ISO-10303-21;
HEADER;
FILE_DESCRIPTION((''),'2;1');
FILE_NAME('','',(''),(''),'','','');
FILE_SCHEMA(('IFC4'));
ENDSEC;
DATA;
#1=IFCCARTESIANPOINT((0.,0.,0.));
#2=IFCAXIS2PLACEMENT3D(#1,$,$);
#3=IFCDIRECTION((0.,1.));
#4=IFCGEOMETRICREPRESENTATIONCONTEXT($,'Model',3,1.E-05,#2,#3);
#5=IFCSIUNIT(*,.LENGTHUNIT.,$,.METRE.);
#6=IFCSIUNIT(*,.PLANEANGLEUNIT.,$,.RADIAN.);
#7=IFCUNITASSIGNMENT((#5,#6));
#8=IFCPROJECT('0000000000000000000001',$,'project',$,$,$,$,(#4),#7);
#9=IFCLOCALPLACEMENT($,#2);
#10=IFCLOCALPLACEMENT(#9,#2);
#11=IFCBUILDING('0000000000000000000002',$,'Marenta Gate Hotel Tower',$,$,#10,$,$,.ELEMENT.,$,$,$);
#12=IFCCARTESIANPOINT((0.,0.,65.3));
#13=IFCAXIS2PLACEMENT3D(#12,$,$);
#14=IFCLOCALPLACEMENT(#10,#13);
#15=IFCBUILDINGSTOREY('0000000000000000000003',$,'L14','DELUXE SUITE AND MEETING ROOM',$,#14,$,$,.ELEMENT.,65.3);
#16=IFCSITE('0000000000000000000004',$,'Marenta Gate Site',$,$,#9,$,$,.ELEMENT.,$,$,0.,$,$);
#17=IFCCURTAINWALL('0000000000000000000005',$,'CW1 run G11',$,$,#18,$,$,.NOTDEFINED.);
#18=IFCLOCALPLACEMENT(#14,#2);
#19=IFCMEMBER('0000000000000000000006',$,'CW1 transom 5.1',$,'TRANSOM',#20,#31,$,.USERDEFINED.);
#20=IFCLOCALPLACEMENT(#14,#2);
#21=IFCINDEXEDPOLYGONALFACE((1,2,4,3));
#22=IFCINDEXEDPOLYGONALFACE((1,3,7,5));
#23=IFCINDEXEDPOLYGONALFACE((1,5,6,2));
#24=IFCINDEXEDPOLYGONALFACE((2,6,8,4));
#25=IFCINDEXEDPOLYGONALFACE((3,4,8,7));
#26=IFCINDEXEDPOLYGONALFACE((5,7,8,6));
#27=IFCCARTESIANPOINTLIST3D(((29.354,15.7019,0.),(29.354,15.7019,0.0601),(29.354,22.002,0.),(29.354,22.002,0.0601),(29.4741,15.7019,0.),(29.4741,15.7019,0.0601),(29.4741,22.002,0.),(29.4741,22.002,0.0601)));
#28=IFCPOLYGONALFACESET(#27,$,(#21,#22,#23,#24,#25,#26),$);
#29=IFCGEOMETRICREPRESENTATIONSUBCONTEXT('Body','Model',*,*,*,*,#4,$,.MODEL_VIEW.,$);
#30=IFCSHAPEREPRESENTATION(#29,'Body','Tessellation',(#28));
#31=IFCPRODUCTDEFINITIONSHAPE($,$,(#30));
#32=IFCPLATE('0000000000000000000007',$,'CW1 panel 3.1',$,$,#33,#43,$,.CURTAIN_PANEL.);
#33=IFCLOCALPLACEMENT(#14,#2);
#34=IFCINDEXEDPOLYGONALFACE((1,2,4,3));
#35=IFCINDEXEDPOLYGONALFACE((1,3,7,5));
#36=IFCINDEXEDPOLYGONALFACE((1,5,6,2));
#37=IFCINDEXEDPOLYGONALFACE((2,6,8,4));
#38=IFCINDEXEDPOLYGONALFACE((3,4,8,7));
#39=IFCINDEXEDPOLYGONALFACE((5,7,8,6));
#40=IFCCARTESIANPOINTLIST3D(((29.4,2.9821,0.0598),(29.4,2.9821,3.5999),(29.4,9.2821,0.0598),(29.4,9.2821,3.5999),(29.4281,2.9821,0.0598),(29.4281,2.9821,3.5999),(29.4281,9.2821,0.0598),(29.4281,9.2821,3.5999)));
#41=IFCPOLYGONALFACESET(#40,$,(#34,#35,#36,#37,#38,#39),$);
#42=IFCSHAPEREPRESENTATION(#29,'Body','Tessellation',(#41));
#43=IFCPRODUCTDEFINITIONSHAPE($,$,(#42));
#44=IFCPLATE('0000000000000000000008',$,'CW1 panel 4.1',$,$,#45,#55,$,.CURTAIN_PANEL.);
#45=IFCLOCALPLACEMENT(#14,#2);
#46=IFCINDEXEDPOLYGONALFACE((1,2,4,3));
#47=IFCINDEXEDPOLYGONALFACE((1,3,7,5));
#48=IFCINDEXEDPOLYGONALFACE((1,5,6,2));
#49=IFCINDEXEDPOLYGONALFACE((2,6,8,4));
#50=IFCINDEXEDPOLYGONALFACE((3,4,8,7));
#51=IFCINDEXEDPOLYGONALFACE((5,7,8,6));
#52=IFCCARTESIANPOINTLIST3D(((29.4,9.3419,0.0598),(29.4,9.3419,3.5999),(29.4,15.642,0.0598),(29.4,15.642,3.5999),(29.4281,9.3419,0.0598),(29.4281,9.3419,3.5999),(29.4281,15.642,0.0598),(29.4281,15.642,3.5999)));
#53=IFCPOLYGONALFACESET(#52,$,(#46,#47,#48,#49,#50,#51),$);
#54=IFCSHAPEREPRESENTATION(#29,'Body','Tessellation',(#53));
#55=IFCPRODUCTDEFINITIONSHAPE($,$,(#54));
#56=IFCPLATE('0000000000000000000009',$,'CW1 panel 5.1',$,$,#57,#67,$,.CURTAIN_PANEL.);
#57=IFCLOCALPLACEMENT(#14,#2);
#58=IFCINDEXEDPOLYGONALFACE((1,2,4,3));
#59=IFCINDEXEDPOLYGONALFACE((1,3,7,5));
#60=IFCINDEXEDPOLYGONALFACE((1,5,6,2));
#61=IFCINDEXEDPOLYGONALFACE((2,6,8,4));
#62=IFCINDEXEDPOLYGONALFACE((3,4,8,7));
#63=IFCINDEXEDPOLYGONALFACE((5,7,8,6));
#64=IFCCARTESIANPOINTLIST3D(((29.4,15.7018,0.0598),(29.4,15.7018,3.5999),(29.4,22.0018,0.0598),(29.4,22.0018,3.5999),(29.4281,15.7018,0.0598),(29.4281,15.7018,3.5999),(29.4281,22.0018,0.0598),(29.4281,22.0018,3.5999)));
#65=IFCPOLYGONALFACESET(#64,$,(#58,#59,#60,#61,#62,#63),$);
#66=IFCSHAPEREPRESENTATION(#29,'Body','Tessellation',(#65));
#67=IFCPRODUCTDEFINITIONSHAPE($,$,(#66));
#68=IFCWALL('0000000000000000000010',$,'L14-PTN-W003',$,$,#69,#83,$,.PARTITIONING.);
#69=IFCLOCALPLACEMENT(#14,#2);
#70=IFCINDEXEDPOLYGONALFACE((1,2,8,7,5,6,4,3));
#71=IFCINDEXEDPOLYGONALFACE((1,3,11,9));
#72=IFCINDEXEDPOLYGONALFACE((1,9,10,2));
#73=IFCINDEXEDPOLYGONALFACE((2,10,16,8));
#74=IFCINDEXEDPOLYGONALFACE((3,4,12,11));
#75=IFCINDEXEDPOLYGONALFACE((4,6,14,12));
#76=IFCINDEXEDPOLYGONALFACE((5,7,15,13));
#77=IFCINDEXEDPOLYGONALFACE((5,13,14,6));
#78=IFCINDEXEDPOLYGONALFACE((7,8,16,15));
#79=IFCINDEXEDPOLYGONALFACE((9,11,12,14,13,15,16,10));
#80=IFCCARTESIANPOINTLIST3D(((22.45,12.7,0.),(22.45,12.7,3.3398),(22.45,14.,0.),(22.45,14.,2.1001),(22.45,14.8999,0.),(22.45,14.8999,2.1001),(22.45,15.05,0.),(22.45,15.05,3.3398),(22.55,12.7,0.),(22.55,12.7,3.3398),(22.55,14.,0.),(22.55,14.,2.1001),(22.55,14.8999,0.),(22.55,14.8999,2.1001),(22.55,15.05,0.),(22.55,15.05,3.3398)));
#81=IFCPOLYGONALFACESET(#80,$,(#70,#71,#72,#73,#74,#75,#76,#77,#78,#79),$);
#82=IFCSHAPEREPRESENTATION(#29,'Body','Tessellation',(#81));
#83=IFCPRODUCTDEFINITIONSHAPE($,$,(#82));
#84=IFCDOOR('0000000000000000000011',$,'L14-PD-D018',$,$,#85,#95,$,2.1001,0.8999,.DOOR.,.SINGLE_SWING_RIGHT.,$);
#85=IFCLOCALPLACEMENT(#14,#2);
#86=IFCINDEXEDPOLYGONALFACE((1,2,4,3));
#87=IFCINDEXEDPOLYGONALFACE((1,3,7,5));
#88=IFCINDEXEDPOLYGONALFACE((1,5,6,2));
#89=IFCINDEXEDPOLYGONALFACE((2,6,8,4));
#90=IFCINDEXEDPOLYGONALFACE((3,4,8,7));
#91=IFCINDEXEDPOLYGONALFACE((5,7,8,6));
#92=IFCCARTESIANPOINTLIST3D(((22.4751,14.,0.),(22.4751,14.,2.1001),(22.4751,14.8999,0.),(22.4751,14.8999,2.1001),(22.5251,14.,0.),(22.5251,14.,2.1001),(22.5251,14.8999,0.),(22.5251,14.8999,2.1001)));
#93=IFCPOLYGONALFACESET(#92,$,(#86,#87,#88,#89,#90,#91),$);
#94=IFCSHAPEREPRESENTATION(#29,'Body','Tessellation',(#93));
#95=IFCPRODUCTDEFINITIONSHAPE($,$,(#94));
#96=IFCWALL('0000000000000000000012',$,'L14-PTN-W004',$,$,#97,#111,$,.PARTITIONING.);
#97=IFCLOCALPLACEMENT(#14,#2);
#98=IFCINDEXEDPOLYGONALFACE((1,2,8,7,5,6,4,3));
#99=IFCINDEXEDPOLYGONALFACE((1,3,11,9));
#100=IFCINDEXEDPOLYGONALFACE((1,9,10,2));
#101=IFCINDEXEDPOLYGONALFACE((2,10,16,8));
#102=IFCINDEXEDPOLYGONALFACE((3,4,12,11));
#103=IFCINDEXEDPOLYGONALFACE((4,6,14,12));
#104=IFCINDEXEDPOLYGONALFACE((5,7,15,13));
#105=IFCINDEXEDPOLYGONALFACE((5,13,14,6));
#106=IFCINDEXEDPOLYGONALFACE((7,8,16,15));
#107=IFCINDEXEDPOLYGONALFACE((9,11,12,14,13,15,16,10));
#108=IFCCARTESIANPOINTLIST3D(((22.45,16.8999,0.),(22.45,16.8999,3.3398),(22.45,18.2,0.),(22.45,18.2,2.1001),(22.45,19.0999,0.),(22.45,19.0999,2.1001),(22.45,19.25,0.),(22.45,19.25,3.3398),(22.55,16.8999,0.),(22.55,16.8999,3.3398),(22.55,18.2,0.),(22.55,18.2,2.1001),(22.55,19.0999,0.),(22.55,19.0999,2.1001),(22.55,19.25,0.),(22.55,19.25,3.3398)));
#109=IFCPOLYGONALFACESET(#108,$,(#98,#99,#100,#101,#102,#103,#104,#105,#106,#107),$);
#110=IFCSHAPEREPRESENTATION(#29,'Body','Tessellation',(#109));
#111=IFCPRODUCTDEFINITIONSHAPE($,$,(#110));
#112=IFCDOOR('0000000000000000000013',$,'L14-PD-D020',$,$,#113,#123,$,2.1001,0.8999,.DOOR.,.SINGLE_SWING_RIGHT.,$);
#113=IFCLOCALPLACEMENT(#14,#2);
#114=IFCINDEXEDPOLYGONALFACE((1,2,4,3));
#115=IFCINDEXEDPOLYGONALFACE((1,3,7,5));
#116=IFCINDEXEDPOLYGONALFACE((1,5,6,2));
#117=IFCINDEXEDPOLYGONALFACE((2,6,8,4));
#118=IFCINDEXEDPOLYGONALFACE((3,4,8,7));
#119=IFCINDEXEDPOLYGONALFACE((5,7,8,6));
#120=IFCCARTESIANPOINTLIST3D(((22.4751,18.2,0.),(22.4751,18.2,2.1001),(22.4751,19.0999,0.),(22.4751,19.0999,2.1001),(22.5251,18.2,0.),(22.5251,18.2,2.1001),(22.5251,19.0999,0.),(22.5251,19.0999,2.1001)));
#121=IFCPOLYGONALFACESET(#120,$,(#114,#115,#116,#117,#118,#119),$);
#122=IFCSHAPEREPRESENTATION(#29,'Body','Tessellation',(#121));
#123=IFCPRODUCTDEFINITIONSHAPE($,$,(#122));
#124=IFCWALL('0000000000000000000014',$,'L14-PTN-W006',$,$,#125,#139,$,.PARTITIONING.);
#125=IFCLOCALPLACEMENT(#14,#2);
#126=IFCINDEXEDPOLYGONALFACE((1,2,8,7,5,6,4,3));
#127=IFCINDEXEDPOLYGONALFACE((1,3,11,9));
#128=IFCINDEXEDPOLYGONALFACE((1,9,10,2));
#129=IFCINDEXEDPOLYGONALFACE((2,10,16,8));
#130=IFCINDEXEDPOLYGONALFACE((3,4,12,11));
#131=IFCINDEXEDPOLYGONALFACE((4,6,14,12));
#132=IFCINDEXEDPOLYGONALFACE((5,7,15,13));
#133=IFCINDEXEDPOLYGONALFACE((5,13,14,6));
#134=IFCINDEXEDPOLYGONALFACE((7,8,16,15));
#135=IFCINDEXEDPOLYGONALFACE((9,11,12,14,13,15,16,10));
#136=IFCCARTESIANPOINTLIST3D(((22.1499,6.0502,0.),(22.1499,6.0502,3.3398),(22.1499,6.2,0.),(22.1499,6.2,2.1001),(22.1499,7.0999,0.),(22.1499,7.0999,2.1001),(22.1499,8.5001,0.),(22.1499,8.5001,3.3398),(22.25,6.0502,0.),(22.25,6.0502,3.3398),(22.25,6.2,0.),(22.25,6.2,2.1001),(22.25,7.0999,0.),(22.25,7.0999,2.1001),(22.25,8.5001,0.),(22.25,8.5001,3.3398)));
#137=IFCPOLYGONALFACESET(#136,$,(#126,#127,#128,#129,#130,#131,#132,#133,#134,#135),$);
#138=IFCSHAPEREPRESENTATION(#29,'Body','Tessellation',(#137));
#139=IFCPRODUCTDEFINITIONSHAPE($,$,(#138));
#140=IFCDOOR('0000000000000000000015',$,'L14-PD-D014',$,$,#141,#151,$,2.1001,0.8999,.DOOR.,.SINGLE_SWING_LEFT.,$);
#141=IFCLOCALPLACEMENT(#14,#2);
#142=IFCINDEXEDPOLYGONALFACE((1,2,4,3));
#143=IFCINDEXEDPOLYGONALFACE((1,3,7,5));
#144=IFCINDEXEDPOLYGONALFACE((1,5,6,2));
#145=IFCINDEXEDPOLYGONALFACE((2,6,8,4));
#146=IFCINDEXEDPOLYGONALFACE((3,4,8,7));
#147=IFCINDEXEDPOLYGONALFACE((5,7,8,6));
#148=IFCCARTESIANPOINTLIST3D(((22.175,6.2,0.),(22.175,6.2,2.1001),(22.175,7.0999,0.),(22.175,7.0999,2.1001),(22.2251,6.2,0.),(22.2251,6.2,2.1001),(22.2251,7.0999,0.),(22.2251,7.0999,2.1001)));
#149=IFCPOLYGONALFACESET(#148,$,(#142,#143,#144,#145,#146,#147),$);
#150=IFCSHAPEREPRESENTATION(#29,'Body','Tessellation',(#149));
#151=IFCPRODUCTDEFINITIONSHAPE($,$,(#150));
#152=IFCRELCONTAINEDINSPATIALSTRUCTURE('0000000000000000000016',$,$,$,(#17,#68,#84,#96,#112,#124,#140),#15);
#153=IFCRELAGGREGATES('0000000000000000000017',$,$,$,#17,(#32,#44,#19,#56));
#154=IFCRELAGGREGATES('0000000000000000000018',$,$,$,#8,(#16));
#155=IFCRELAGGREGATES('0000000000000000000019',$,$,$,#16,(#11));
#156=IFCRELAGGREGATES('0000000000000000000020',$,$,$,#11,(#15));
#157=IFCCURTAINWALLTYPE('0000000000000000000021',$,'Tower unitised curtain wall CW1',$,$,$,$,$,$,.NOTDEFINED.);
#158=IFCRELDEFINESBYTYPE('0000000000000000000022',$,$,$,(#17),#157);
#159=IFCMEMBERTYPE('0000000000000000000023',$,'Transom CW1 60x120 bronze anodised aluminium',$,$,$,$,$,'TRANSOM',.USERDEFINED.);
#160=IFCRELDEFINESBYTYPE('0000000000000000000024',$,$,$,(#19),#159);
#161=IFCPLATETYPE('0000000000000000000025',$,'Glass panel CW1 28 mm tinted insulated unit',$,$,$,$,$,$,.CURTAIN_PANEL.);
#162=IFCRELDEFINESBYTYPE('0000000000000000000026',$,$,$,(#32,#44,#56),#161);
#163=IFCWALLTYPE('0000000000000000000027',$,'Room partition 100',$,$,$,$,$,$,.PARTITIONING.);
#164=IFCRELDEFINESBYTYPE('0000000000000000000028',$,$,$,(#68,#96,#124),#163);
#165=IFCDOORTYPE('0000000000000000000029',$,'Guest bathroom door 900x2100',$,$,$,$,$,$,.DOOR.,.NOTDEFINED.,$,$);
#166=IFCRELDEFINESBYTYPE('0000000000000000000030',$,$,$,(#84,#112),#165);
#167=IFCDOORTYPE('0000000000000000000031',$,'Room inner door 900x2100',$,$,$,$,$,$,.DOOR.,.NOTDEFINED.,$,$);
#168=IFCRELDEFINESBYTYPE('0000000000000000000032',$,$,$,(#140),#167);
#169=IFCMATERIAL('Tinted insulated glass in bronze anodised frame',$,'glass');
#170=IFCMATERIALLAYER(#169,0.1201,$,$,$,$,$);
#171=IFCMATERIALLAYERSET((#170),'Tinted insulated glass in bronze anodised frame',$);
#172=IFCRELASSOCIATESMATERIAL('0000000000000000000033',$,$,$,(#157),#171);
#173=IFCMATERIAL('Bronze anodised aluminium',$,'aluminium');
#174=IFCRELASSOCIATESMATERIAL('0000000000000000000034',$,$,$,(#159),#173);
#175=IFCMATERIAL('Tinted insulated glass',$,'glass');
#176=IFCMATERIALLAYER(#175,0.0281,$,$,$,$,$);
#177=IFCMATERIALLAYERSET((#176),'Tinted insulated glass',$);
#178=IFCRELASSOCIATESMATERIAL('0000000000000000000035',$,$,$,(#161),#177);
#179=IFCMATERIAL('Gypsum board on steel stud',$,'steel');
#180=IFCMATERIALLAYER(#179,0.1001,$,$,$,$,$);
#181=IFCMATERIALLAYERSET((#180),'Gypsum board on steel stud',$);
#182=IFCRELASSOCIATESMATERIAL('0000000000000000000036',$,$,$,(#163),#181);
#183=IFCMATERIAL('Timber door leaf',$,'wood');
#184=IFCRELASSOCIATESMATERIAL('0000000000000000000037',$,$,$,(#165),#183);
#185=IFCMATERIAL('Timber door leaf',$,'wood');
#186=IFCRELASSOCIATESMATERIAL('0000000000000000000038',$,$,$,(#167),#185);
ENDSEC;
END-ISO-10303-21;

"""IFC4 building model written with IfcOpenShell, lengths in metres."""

from ifc_helpers import new_model, si_unit, direction, frame, frame_2d, origin, origin_2d, place, context, subcontext, project, spatial, rectangle, extrude, material, layer, layer_set, material_profile, profile_set, type_object, element, fill, aggregate, save


model = new_model("IFC4")

# Units and contexts
model_context = context("Model", 3, precision=1e-05, world=origin(), true_north=direction((0.0, 1.0)))
body_context = subcontext(model_context, "Body", "Model", "MODEL_VIEW")
ifc_project = project(units=[si_unit("LENGTHUNIT", "METRE"), si_unit("PLANEANGLEUNIT", "RADIAN")], contexts=[model_context])

# Site, building, storey
site_placement = place(None, origin())
site = spatial("IfcSite", under=ifc_project, at=site_placement, Name="Marenta Gate Site", CompositionType="ELEMENT", RefElevation=0.0)
building_placement = place(site_placement, origin())
building = spatial("IfcBuilding", under=site, at=building_placement, Name="Marenta Gate Hotel Tower", CompositionType="ELEMENT")
storey_placement = place(building_placement, frame((0.0, 0.0, 65.3)))
storey = spatial("IfcBuildingStorey", under=building, at=storey_placement, Name="L14", Description="DELUXE SUITE AND MEETING ROOM", CompositionType="ELEMENT", Elevation=65.3)

# Curtain wall, member, plates
ifc_material_1 = material(Name="Tinted insulated glass in bronze anodised frame", Category="glass")
ifc_layer_1 = layer(ifc_material_1, 0.1201)
ifc_layer_set_1 = layer_set([ifc_layer_1], Name="Tinted insulated glass in bronze anodised frame")
curtain_wall_type = type_object("IfcCurtainWallType", Name="Tower unitised curtain wall CW1", PredefinedType="NOTDEFINED", material=ifc_layer_set_1)
curtain_wall_placement = place(storey_placement, origin())
curtain_wall = element("IfcCurtainWall", 1, at=curtain_wall_placement, inside=storey, type_object=curtain_wall_type, Name="CW1 run G11", PredefinedType="NOTDEFINED")
ifc_material_2 = material(Name="Bronze anodised aluminium", Category="aluminium")
ifc_material_profile_1 = material_profile(ifc_material_2, rectangle(XDim=0.1201, YDim=0.0601, at=origin_2d()), Name="Transom CW1 60x120 bronze anodised aluminium")
ifc_profile_set_1 = profile_set([ifc_material_profile_1], Name="Bronze anodised aluminium")
member_type_1 = type_object("IfcMemberType", Name="Transom CW1 60x120 bronze anodised aluminium", ElementType="TRANSOM", PredefinedType="USERDEFINED", material=ifc_profile_set_1)
member_1_placement = place(storey_placement, frame((29.4141, 15.7019, 0.03), z_axis=(0.0, 1.0, 0.0), x_axis=(-1.0, 0.0, 0.0)))
member_1 = element("IfcMember", 2, at=member_1_placement, type_object=member_type_1, Name="CW1 transom 5.1", ObjectType="TRANSOM", PredefinedType="USERDEFINED", context=body_context, shape_type="SweptSolid", body=[
    extrude(rectangle(XDim=0.1201, YDim=0.0601, at=origin_2d()), origin(), (0.0, 0.0, 1.0), 6.3),
])
ifc_material_3 = material(Name="Tinted insulated glass", Category="glass")
ifc_layer_2 = layer(ifc_material_3, 0.0281)
ifc_layer_set_2 = layer_set([ifc_layer_2], Name="Tinted insulated glass")
plate_type = type_object("IfcPlateType", Name="Glass panel CW1 28 mm tinted insulated unit", PredefinedType="CURTAIN_PANEL", material=ifc_layer_set_2)
plate_1_placement = place(storey_placement, frame((29.4141, 6.1321, 0.0598), z_axis=(0.0, 0.0, 1.0), x_axis=(0.0, 1.0, 0.0)))
plate_1 = element("IfcPlate", 3, at=plate_1_placement, type_object=plate_type, Name="CW1 panel 3.1", PredefinedType="CURTAIN_PANEL", context=body_context, shape_type="SweptSolid", body=[
    extrude(rectangle(XDim=6.3, YDim=0.0281, at=origin_2d()), origin(), (0.0, 0.0, 1.0), 3.54),
])
plate_2_placement = place(storey_placement, frame((29.4141, 12.4919, 0.0598), z_axis=(0.0, 0.0, 1.0), x_axis=(0.0, 1.0, 0.0)))
plate_2 = element("IfcPlate", 4, at=plate_2_placement, type_object=plate_type, Name="CW1 panel 4.1", PredefinedType="CURTAIN_PANEL", context=body_context, shape_type="SweptSolid", body=[
    extrude(rectangle(XDim=6.3, YDim=0.0281, at=origin_2d()), origin(), (0.0, 0.0, 1.0), 3.54),
])
plate_3_placement = place(storey_placement, frame((29.4141, 18.8518, 0.0598), z_axis=(0.0, 0.0, 1.0), x_axis=(0.0, 1.0, 0.0)))
plate_3 = element("IfcPlate", 5, at=plate_3_placement, type_object=plate_type, Name="CW1 panel 5.1", PredefinedType="CURTAIN_PANEL", context=body_context, shape_type="SweptSolid", body=[
    extrude(rectangle(XDim=6.3, YDim=0.0281, at=origin_2d()), origin(), (0.0, 0.0, 1.0), 3.54),
])
aggregate(curtain_wall, [plate_1, plate_2, member_1, plate_3])

# Walls, openings, doors
ifc_material_4 = material(Name="Gypsum board on steel stud", Category="steel")
ifc_layer_3 = layer(ifc_material_4, 0.1001)
ifc_layer_set_3 = layer_set([ifc_layer_3], Name="Gypsum board on steel stud")
wall_type = type_object("IfcWallType", Name="Room partition 100", PredefinedType="PARTITIONING", material=ifc_layer_set_3)
wall_1_placement = place(storey_placement, frame((22.5, 12.7, 0.0), z_axis=(0.0, 0.0, 1.0), x_axis=(0.0, 1.0, 0.0)))
wall_1 = element("IfcWall", 6, at=wall_1_placement, inside=storey, type_object=wall_type, Name="L14-PTN-W003", PredefinedType="PARTITIONING", context=body_context, shape_type="SweptSolid", body=[
    extrude(rectangle(XDim=2.3501, YDim=0.1001, at=frame_2d((1.175, 0.0))), origin(), (0.0, 0.0, 1.0), 3.3398),
])
opening_1_placement = place(wall_1_placement, frame((1.3, 0.0, 0.0)))
opening_1 = element("IfcOpeningElement", 7, at=opening_1_placement, cuts=wall_1, PredefinedType="OPENING", context=body_context, shape_type="SweptSolid", body=[
    extrude(rectangle(XDim=0.8999, YDim=2.1001, at=frame_2d((0.45, 1.05))), frame((0.0, 0.05, 0.0), z_axis=(0.0, -1.0, 0.0), x_axis=(1.0, 0.0, 0.0)), (0.0, 0.0, 1.0), 0.1001),
])
ifc_material_5 = material(Name="Timber door leaf", Category="wood")
door_type_1 = type_object("IfcDoorType", Name="Guest bathroom door 900x2100", OperationType="NOTDEFINED", PredefinedType="DOOR", material=ifc_material_5)
door_1_placement = place(opening_1_placement, origin())
door_1 = element("IfcDoor", 8, at=door_1_placement, inside=storey, type_object=door_type_1, Name="L14-PD-D018", OperationType="SINGLE_SWING_RIGHT", OverallHeight=2.1001, OverallWidth=0.8999, PredefinedType="DOOR", context=body_context, shape_type="SweptSolid", body=[
    extrude(rectangle(XDim=0.8999, YDim=2.1001, at=frame_2d((0.45, 1.05))), frame((0.0, 0.0249, 0.0), z_axis=(0.0, -1.0, 0.0), x_axis=(1.0, 0.0, 0.0)), (0.0, 0.0, 1.0), 0.05),
])
fill(opening_1, door_1)
wall_2_placement = place(storey_placement, frame((22.5, 16.8999, 0.0), z_axis=(0.0, 0.0, 1.0), x_axis=(0.0, 1.0, 0.0)))
wall_2 = element("IfcWall", 9, at=wall_2_placement, inside=storey, type_object=wall_type, Name="L14-PTN-W004", PredefinedType="PARTITIONING", context=body_context, shape_type="SweptSolid", body=[
    extrude(rectangle(XDim=2.3501, YDim=0.1001, at=frame_2d((1.175, 0.0))), origin(), (0.0, 0.0, 1.0), 3.3398),
])
opening_2_placement = place(wall_2_placement, frame((1.3, 0.0, 0.0)))
opening_2 = element("IfcOpeningElement", 10, at=opening_2_placement, cuts=wall_2, PredefinedType="OPENING", context=body_context, shape_type="SweptSolid", body=[
    extrude(rectangle(XDim=0.8999, YDim=2.1001, at=frame_2d((0.45, 1.05))), frame((0.0, 0.05, 0.0), z_axis=(0.0, -1.0, 0.0), x_axis=(1.0, 0.0, 0.0)), (0.0, 0.0, 1.0), 0.1001),
])
door_2_placement = place(opening_2_placement, origin())
door_2 = element("IfcDoor", 11, at=door_2_placement, inside=storey, type_object=door_type_1, Name="L14-PD-D020", OperationType="SINGLE_SWING_RIGHT", OverallHeight=2.1001, OverallWidth=0.8999, PredefinedType="DOOR", context=body_context, shape_type="SweptSolid", body=[
    extrude(rectangle(XDim=0.8999, YDim=2.1001, at=frame_2d((0.45, 1.05))), frame((0.0, 0.0249, 0.0), z_axis=(0.0, -1.0, 0.0), x_axis=(1.0, 0.0, 0.0)), (0.0, 0.0, 1.0), 0.05),
])
fill(opening_2, door_2)
wall_3_placement = place(storey_placement, frame((22.2, 6.05, 0.0), z_axis=(0.0, 0.0, 1.0), x_axis=(0.0, 1.0, 0.0)))
wall_3 = element("IfcWall", 12, at=wall_3_placement, inside=storey, type_object=wall_type, Name="L14-PTN-W006", PredefinedType="PARTITIONING", context=body_context, shape_type="SweptSolid", body=[
    extrude(rectangle(XDim=2.45, YDim=0.1001, at=frame_2d((1.2251, 0.0))), origin(), (0.0, 0.0, 1.0), 3.3398),
])
opening_3_placement = place(wall_3_placement, frame((0.1499, 0.0, 0.0)))
opening_3 = element("IfcOpeningElement", 13, at=opening_3_placement, cuts=wall_3, PredefinedType="OPENING", context=body_context, shape_type="SweptSolid", body=[
    extrude(rectangle(XDim=0.8999, YDim=2.1001, at=frame_2d((0.45, 1.05))), frame((0.0, 0.05, 0.0), z_axis=(0.0, -1.0, 0.0), x_axis=(1.0, 0.0, 0.0)), (0.0, 0.0, 1.0), 0.1001),
])
ifc_material_6 = material(Name="Timber door leaf", Category="wood")
door_type_2 = type_object("IfcDoorType", Name="Room inner door 900x2100", OperationType="NOTDEFINED", PredefinedType="DOOR", material=ifc_material_6)
door_3_placement = place(opening_3_placement, origin())
door_3 = element("IfcDoor", 14, at=door_3_placement, inside=storey, type_object=door_type_2, Name="L14-PD-D014", OperationType="SINGLE_SWING_LEFT", OverallHeight=2.1001, OverallWidth=0.8999, PredefinedType="DOOR", context=body_context, shape_type="SweptSolid", body=[
    extrude(rectangle(XDim=0.8999, YDim=2.1001, at=frame_2d((0.45, 1.05))), frame((0.0, 0.0249, 0.0), z_axis=(0.0, -1.0, 0.0), x_axis=(1.0, 0.0, 0.0)), (0.0, 0.0, 1.0), 0.05),
])
fill(opening_3, door_3)

save(model, "model.ifc")
